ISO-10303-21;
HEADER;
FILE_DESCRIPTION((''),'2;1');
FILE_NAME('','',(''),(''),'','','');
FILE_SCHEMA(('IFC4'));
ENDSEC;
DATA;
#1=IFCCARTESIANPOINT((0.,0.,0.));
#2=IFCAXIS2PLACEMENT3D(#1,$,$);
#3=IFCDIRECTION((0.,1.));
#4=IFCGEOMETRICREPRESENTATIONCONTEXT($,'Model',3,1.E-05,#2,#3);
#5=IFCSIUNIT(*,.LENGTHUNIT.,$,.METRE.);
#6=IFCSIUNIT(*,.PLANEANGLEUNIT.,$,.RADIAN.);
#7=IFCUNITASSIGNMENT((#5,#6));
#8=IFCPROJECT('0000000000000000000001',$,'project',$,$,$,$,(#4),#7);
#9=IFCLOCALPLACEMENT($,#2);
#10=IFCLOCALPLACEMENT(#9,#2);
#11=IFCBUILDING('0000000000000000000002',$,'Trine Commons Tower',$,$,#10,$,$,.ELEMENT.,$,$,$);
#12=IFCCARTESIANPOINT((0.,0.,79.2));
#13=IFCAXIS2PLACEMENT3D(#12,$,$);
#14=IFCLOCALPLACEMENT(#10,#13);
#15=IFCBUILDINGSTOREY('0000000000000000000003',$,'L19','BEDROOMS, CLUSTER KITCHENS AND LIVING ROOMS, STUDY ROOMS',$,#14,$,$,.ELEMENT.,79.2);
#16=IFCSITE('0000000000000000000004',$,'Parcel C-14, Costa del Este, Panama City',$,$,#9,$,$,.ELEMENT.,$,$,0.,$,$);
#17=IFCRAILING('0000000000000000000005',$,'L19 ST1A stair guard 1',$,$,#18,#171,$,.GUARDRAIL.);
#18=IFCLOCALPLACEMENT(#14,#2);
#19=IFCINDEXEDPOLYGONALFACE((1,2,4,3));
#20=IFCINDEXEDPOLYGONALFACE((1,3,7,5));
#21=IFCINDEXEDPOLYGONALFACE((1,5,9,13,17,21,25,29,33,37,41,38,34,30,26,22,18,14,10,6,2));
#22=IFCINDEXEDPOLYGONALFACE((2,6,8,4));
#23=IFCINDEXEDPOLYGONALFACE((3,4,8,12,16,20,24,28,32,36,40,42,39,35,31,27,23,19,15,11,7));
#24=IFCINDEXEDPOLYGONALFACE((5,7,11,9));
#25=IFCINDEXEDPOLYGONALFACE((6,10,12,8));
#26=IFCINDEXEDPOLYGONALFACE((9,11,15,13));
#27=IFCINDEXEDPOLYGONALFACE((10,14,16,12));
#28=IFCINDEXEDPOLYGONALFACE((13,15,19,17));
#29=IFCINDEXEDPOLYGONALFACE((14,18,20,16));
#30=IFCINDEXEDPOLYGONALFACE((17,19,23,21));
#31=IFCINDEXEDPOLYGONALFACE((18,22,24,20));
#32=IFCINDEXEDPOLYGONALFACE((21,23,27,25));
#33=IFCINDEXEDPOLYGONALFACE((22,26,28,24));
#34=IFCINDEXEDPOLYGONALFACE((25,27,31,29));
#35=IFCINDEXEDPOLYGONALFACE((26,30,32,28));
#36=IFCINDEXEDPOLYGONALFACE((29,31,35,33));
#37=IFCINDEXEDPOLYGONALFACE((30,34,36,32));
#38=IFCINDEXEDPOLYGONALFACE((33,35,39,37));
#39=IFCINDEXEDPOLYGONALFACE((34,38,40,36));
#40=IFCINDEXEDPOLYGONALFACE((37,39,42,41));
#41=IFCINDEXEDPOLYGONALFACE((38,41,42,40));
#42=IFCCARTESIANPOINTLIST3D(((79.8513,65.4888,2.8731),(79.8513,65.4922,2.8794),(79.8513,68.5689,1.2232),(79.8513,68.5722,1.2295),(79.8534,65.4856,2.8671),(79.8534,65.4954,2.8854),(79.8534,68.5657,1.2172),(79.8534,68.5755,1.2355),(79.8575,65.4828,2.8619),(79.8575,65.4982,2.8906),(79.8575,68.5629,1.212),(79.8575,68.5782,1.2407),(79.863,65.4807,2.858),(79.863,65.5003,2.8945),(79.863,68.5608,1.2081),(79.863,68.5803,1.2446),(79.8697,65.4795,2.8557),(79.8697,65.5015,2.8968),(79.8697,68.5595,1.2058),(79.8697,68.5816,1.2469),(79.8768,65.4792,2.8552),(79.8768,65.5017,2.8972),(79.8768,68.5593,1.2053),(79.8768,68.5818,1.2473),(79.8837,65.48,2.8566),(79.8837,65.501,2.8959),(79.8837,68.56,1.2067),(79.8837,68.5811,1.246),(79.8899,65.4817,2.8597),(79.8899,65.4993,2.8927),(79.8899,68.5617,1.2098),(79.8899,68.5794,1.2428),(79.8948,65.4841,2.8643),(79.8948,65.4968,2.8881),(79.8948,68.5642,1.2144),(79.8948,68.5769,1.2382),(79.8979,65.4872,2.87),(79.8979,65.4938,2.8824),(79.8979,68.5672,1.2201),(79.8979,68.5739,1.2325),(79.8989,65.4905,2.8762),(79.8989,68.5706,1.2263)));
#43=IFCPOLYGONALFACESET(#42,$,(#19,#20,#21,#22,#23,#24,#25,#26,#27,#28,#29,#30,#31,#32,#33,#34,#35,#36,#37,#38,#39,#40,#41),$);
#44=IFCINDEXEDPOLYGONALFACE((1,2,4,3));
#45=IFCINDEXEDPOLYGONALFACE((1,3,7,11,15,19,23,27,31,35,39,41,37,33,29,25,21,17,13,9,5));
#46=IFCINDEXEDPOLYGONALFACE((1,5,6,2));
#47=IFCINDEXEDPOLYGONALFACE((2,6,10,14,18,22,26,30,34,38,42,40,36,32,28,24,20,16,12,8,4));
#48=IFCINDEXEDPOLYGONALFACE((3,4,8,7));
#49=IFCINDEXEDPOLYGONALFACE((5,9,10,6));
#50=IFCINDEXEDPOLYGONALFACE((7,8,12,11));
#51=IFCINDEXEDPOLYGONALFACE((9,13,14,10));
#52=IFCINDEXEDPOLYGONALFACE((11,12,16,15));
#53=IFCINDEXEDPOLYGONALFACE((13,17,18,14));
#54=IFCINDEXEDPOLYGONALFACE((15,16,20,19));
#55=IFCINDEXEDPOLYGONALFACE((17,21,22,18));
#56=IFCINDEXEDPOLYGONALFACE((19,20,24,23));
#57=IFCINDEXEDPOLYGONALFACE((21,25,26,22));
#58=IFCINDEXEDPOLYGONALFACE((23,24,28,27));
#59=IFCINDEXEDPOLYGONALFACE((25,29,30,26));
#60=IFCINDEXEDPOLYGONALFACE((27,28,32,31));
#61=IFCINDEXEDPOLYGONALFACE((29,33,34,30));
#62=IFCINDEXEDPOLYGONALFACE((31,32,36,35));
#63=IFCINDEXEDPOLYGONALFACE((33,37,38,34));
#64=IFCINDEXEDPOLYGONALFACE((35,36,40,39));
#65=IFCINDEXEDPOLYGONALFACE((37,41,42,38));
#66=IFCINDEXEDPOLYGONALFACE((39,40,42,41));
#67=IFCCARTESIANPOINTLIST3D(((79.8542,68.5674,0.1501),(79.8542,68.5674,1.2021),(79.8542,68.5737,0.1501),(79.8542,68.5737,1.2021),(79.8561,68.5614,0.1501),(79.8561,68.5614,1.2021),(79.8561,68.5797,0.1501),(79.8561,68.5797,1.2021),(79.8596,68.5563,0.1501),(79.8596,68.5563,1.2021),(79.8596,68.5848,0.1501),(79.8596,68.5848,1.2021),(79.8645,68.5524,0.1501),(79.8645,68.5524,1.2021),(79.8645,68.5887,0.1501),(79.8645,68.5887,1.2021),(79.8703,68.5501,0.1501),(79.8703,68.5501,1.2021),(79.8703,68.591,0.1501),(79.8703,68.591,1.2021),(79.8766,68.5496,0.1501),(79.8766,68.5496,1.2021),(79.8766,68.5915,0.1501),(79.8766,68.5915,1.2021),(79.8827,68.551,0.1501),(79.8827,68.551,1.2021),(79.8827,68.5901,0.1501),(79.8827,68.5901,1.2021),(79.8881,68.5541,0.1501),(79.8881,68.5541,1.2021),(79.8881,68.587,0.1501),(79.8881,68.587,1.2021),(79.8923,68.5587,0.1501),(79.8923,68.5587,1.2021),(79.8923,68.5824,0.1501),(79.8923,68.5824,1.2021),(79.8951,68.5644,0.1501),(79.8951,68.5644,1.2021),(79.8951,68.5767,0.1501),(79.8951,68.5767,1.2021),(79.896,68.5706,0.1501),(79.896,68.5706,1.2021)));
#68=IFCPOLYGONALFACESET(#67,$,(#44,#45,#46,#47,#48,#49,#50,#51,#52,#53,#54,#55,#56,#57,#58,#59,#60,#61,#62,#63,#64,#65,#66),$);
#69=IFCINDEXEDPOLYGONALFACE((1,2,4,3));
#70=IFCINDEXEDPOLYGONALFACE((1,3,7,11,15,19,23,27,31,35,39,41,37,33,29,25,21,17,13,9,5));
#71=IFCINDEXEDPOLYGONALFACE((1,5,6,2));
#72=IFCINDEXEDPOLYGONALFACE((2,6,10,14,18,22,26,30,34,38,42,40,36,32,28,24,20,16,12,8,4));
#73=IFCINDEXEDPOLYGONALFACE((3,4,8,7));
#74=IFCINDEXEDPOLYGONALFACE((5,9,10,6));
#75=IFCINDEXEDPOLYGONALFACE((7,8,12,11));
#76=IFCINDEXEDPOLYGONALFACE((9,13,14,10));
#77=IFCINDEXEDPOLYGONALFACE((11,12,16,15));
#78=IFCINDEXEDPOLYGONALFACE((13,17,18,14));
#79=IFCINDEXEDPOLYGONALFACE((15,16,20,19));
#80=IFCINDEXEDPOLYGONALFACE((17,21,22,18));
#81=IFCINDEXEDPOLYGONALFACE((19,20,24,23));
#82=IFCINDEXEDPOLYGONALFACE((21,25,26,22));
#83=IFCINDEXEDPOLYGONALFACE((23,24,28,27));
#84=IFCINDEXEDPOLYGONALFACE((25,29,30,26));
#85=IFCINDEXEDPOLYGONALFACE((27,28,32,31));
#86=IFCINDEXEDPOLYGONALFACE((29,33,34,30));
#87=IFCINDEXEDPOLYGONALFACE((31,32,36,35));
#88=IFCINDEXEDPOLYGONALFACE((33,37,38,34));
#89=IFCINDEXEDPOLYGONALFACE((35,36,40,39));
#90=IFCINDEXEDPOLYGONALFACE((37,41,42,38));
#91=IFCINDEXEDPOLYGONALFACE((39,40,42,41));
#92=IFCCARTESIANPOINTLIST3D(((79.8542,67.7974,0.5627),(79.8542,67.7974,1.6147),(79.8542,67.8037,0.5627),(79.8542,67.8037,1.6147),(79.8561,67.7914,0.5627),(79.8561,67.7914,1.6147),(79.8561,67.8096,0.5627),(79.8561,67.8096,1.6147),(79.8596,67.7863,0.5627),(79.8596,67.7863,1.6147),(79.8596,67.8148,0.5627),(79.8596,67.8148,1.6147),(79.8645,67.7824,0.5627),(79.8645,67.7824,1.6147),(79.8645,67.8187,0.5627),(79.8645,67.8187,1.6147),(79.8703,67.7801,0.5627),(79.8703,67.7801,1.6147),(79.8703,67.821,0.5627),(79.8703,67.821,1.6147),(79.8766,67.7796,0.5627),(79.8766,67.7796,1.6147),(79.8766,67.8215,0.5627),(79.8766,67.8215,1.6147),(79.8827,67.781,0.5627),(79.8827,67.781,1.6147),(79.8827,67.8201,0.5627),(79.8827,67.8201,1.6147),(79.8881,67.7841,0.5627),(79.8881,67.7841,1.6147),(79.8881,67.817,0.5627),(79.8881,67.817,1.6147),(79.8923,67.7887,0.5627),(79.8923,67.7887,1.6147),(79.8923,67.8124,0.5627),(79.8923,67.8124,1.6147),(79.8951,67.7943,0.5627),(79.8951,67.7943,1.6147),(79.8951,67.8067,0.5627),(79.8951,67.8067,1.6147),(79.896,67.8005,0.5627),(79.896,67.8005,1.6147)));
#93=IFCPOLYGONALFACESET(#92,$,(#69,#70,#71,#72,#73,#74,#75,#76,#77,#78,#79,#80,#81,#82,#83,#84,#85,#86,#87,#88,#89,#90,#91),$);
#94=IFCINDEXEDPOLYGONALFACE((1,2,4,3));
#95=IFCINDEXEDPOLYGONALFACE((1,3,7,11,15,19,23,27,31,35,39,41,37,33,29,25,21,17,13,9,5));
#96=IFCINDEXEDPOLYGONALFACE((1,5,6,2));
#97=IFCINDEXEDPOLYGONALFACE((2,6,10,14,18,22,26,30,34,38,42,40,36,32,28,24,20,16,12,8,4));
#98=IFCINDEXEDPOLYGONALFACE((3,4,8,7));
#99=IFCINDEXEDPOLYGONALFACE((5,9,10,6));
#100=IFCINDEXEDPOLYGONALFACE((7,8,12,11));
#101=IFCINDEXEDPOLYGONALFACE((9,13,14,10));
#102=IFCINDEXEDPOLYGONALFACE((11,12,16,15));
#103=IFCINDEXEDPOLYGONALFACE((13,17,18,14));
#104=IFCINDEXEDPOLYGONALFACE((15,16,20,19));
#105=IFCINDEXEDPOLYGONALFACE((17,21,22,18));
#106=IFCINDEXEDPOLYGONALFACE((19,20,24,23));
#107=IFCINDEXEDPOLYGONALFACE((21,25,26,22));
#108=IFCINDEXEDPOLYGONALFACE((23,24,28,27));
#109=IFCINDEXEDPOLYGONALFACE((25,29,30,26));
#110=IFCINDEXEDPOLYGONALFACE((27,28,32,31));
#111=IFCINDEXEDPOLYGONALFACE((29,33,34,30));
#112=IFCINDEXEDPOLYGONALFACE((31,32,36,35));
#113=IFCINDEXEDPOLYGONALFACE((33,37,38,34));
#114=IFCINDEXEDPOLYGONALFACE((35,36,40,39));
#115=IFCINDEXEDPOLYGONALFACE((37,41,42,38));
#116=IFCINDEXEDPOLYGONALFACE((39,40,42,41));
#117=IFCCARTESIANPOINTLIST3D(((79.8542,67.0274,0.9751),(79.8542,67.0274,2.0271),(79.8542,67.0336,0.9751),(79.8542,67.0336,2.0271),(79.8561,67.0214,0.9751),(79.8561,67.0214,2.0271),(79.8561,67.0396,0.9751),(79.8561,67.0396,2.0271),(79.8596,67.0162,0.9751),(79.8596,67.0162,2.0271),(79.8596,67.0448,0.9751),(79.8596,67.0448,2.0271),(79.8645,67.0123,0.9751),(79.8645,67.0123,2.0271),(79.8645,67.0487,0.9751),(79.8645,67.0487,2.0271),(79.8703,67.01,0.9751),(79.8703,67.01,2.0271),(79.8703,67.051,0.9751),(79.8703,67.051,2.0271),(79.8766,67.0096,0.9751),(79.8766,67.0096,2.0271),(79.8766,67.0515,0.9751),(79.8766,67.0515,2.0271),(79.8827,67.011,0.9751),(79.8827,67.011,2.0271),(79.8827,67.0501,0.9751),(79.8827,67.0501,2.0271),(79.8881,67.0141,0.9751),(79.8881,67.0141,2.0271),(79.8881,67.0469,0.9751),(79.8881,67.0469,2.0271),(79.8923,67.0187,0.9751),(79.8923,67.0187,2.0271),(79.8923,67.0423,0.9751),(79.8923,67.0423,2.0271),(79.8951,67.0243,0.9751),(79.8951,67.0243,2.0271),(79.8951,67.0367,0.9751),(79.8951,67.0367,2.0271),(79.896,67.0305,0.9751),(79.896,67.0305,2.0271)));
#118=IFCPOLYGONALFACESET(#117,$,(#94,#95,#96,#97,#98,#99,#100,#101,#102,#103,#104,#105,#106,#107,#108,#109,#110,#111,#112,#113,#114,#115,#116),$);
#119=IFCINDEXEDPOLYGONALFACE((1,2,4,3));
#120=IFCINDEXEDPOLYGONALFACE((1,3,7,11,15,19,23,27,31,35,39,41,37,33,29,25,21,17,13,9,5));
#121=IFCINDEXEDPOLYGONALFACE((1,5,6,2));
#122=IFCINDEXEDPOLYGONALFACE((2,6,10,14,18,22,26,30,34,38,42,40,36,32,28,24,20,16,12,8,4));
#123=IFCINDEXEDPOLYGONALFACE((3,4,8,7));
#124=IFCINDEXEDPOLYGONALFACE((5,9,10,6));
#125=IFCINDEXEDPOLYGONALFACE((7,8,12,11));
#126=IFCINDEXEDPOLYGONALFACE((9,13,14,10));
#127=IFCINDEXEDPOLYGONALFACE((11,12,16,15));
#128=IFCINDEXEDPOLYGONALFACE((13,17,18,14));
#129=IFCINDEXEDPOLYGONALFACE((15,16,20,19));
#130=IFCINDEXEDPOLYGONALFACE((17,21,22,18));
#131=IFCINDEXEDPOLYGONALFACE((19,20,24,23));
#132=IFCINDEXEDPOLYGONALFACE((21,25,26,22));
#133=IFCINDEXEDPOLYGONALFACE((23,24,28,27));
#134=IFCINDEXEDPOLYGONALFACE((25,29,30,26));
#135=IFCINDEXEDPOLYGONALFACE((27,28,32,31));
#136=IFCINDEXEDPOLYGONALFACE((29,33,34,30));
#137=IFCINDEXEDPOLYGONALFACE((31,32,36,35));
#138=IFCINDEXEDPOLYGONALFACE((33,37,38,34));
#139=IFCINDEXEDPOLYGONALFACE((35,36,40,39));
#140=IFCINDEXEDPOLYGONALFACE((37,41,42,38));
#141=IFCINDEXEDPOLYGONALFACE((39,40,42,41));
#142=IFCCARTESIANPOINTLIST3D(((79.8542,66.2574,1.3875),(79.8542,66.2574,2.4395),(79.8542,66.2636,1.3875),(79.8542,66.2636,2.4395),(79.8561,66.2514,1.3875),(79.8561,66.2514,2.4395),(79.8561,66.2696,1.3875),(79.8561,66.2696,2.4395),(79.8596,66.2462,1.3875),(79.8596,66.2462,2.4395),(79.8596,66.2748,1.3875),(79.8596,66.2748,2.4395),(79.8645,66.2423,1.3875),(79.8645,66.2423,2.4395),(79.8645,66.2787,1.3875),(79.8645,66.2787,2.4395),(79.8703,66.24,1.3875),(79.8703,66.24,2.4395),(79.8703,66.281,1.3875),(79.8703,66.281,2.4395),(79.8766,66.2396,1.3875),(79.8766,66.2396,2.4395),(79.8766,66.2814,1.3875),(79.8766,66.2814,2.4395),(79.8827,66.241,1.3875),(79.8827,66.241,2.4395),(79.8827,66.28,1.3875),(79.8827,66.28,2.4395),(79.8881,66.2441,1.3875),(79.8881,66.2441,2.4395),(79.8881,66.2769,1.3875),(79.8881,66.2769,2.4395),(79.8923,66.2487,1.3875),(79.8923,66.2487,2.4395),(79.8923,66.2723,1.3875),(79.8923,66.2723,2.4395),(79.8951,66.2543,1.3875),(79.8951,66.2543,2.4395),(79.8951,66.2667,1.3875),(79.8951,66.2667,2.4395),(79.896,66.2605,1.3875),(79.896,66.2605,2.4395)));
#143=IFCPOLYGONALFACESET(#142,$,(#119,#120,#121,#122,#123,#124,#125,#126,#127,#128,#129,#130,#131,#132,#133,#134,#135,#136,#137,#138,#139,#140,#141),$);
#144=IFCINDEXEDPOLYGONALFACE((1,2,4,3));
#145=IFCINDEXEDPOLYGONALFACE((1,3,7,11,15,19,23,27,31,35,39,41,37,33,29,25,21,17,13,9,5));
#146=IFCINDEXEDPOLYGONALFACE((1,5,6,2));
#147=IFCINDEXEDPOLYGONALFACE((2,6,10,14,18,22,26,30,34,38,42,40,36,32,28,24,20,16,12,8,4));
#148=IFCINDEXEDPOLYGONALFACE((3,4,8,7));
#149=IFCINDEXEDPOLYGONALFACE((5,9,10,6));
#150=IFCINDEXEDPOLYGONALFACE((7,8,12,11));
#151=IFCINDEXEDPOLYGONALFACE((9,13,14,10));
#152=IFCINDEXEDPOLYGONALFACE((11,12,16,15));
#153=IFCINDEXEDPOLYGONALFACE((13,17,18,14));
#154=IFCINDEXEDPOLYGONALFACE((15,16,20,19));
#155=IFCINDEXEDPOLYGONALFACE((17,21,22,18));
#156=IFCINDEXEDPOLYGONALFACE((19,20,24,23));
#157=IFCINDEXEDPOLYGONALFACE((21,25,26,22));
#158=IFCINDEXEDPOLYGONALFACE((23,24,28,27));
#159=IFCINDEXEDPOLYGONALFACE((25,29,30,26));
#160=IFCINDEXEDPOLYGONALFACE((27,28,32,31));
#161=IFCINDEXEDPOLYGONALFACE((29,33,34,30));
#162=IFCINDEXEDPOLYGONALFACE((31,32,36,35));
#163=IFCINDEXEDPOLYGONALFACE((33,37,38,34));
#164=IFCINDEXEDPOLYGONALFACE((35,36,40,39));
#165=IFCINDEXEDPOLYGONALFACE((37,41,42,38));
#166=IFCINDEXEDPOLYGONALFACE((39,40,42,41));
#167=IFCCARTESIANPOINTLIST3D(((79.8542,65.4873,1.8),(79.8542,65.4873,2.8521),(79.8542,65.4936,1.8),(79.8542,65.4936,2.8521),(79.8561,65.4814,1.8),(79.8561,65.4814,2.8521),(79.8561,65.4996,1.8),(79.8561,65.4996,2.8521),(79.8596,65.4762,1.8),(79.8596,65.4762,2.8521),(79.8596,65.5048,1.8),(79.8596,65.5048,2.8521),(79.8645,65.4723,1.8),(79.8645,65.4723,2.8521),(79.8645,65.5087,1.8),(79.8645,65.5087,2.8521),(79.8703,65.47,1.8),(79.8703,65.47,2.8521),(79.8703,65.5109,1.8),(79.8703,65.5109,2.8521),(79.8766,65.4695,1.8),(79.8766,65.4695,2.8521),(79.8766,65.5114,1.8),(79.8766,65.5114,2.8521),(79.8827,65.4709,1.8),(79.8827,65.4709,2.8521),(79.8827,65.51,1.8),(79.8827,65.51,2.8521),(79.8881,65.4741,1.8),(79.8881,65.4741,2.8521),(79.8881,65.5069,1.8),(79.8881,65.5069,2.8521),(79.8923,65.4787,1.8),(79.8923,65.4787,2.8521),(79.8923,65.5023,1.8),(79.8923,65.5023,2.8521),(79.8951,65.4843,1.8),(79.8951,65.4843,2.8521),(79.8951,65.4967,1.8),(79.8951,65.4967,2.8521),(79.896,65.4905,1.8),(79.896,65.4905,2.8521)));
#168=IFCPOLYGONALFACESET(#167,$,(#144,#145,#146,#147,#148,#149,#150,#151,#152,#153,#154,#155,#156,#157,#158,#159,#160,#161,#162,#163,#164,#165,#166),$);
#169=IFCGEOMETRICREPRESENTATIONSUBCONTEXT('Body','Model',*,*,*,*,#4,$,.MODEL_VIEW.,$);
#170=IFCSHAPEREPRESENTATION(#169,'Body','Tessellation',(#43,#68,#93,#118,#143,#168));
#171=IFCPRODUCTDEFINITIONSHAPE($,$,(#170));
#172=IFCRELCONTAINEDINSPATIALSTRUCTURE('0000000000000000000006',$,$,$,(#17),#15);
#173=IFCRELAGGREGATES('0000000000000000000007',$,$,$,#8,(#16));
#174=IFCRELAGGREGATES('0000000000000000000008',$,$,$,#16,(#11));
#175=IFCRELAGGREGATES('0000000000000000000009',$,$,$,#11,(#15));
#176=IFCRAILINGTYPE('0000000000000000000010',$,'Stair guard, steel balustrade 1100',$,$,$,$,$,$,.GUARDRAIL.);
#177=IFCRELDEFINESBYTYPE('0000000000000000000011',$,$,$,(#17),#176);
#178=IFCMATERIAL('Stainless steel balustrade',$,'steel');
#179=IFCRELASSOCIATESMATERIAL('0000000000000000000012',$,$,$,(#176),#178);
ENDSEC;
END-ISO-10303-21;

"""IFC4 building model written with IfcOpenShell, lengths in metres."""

from ifc_helpers import new_model, si_unit, direction, frame, origin, origin_2d, place, context, subcontext, project, spatial, circle, extrude, material, type_object, element, save


model = new_model("IFC4")

# Units and contexts
model_context = context("Model", 3, precision=1e-05, world=origin(), true_north=direction((0.0, 1.0)))
body_context = subcontext(model_context, "Body", "Model", "MODEL_VIEW")
ifc_project = project(units=[si_unit("LENGTHUNIT", "METRE"), si_unit("PLANEANGLEUNIT", "RADIAN")], contexts=[model_context])

# Site, building, storey
site_placement = place(None, origin())
site = spatial("IfcSite", under=ifc_project, at=site_placement, Name="Parcel C-14, Costa del Este, Panama City", CompositionType="ELEMENT", RefElevation=0.0)
building_placement = place(site_placement, origin())
building = spatial("IfcBuilding", under=site, at=building_placement, Name="Trine Commons Tower", CompositionType="ELEMENT")
storey_placement = place(building_placement, frame((0.0, 0.0, 79.2)))
storey = spatial("IfcBuildingStorey", under=building, at=storey_placement, Name="L19", Description="BEDROOMS, CLUSTER KITCHENS AND LIVING ROOMS, STUDY ROOMS", CompositionType="ELEMENT", Elevation=79.2)

# Railing
ifc_material_1 = material(Name="Stainless steel balustrade", Category="steel")
railing_type_1 = type_object("IfcRailingType", Name="Stair guard, steel balustrade 1100", PredefinedType="GUARDRAIL", material=ifc_material_1)
railing_1_placement = place(storey_placement, frame((79.875, 68.5706, 0.1501)))
element("IfcRailing", 1, at=railing_1_placement, inside=storey, type_object=railing_type_1, Name="L19 ST1A stair guard 1", PredefinedType="GUARDRAIL", context=body_context, shape_type="SweptSolid", body=[
    extrude(circle(Radius=0.0239, at=origin_2d()), frame((0.0, 0.0, 1.0762), z_axis=(0.0, -0.881497, 0.47219), x_axis=(1.0, 0.0, 0.0)), (0.0, 0.0, 1.0), 3.4941),
    extrude(circle(Radius=0.021, at=origin_2d()), origin(), (0.0, 0.0, 1.0), 1.052),
    extrude(circle(Radius=0.021, at=origin_2d()), frame((0.0, -0.77, 0.4126)), (0.0, 0.0, 1.0), 1.052),
    extrude(circle(Radius=0.021, at=origin_2d()), frame((0.0, -1.54, 0.825)), (0.0, 0.0, 1.0), 1.052),
    extrude(circle(Radius=0.021, at=origin_2d()), frame((0.0, -2.3101, 1.2373)), (0.0, 0.0, 1.0), 1.052),
    extrude(circle(Radius=0.021, at=origin_2d()), frame((0.0, -3.0801, 1.6499)), (0.0, 0.0, 1.0), 1.052),
])

save(model, "model.ifc")
